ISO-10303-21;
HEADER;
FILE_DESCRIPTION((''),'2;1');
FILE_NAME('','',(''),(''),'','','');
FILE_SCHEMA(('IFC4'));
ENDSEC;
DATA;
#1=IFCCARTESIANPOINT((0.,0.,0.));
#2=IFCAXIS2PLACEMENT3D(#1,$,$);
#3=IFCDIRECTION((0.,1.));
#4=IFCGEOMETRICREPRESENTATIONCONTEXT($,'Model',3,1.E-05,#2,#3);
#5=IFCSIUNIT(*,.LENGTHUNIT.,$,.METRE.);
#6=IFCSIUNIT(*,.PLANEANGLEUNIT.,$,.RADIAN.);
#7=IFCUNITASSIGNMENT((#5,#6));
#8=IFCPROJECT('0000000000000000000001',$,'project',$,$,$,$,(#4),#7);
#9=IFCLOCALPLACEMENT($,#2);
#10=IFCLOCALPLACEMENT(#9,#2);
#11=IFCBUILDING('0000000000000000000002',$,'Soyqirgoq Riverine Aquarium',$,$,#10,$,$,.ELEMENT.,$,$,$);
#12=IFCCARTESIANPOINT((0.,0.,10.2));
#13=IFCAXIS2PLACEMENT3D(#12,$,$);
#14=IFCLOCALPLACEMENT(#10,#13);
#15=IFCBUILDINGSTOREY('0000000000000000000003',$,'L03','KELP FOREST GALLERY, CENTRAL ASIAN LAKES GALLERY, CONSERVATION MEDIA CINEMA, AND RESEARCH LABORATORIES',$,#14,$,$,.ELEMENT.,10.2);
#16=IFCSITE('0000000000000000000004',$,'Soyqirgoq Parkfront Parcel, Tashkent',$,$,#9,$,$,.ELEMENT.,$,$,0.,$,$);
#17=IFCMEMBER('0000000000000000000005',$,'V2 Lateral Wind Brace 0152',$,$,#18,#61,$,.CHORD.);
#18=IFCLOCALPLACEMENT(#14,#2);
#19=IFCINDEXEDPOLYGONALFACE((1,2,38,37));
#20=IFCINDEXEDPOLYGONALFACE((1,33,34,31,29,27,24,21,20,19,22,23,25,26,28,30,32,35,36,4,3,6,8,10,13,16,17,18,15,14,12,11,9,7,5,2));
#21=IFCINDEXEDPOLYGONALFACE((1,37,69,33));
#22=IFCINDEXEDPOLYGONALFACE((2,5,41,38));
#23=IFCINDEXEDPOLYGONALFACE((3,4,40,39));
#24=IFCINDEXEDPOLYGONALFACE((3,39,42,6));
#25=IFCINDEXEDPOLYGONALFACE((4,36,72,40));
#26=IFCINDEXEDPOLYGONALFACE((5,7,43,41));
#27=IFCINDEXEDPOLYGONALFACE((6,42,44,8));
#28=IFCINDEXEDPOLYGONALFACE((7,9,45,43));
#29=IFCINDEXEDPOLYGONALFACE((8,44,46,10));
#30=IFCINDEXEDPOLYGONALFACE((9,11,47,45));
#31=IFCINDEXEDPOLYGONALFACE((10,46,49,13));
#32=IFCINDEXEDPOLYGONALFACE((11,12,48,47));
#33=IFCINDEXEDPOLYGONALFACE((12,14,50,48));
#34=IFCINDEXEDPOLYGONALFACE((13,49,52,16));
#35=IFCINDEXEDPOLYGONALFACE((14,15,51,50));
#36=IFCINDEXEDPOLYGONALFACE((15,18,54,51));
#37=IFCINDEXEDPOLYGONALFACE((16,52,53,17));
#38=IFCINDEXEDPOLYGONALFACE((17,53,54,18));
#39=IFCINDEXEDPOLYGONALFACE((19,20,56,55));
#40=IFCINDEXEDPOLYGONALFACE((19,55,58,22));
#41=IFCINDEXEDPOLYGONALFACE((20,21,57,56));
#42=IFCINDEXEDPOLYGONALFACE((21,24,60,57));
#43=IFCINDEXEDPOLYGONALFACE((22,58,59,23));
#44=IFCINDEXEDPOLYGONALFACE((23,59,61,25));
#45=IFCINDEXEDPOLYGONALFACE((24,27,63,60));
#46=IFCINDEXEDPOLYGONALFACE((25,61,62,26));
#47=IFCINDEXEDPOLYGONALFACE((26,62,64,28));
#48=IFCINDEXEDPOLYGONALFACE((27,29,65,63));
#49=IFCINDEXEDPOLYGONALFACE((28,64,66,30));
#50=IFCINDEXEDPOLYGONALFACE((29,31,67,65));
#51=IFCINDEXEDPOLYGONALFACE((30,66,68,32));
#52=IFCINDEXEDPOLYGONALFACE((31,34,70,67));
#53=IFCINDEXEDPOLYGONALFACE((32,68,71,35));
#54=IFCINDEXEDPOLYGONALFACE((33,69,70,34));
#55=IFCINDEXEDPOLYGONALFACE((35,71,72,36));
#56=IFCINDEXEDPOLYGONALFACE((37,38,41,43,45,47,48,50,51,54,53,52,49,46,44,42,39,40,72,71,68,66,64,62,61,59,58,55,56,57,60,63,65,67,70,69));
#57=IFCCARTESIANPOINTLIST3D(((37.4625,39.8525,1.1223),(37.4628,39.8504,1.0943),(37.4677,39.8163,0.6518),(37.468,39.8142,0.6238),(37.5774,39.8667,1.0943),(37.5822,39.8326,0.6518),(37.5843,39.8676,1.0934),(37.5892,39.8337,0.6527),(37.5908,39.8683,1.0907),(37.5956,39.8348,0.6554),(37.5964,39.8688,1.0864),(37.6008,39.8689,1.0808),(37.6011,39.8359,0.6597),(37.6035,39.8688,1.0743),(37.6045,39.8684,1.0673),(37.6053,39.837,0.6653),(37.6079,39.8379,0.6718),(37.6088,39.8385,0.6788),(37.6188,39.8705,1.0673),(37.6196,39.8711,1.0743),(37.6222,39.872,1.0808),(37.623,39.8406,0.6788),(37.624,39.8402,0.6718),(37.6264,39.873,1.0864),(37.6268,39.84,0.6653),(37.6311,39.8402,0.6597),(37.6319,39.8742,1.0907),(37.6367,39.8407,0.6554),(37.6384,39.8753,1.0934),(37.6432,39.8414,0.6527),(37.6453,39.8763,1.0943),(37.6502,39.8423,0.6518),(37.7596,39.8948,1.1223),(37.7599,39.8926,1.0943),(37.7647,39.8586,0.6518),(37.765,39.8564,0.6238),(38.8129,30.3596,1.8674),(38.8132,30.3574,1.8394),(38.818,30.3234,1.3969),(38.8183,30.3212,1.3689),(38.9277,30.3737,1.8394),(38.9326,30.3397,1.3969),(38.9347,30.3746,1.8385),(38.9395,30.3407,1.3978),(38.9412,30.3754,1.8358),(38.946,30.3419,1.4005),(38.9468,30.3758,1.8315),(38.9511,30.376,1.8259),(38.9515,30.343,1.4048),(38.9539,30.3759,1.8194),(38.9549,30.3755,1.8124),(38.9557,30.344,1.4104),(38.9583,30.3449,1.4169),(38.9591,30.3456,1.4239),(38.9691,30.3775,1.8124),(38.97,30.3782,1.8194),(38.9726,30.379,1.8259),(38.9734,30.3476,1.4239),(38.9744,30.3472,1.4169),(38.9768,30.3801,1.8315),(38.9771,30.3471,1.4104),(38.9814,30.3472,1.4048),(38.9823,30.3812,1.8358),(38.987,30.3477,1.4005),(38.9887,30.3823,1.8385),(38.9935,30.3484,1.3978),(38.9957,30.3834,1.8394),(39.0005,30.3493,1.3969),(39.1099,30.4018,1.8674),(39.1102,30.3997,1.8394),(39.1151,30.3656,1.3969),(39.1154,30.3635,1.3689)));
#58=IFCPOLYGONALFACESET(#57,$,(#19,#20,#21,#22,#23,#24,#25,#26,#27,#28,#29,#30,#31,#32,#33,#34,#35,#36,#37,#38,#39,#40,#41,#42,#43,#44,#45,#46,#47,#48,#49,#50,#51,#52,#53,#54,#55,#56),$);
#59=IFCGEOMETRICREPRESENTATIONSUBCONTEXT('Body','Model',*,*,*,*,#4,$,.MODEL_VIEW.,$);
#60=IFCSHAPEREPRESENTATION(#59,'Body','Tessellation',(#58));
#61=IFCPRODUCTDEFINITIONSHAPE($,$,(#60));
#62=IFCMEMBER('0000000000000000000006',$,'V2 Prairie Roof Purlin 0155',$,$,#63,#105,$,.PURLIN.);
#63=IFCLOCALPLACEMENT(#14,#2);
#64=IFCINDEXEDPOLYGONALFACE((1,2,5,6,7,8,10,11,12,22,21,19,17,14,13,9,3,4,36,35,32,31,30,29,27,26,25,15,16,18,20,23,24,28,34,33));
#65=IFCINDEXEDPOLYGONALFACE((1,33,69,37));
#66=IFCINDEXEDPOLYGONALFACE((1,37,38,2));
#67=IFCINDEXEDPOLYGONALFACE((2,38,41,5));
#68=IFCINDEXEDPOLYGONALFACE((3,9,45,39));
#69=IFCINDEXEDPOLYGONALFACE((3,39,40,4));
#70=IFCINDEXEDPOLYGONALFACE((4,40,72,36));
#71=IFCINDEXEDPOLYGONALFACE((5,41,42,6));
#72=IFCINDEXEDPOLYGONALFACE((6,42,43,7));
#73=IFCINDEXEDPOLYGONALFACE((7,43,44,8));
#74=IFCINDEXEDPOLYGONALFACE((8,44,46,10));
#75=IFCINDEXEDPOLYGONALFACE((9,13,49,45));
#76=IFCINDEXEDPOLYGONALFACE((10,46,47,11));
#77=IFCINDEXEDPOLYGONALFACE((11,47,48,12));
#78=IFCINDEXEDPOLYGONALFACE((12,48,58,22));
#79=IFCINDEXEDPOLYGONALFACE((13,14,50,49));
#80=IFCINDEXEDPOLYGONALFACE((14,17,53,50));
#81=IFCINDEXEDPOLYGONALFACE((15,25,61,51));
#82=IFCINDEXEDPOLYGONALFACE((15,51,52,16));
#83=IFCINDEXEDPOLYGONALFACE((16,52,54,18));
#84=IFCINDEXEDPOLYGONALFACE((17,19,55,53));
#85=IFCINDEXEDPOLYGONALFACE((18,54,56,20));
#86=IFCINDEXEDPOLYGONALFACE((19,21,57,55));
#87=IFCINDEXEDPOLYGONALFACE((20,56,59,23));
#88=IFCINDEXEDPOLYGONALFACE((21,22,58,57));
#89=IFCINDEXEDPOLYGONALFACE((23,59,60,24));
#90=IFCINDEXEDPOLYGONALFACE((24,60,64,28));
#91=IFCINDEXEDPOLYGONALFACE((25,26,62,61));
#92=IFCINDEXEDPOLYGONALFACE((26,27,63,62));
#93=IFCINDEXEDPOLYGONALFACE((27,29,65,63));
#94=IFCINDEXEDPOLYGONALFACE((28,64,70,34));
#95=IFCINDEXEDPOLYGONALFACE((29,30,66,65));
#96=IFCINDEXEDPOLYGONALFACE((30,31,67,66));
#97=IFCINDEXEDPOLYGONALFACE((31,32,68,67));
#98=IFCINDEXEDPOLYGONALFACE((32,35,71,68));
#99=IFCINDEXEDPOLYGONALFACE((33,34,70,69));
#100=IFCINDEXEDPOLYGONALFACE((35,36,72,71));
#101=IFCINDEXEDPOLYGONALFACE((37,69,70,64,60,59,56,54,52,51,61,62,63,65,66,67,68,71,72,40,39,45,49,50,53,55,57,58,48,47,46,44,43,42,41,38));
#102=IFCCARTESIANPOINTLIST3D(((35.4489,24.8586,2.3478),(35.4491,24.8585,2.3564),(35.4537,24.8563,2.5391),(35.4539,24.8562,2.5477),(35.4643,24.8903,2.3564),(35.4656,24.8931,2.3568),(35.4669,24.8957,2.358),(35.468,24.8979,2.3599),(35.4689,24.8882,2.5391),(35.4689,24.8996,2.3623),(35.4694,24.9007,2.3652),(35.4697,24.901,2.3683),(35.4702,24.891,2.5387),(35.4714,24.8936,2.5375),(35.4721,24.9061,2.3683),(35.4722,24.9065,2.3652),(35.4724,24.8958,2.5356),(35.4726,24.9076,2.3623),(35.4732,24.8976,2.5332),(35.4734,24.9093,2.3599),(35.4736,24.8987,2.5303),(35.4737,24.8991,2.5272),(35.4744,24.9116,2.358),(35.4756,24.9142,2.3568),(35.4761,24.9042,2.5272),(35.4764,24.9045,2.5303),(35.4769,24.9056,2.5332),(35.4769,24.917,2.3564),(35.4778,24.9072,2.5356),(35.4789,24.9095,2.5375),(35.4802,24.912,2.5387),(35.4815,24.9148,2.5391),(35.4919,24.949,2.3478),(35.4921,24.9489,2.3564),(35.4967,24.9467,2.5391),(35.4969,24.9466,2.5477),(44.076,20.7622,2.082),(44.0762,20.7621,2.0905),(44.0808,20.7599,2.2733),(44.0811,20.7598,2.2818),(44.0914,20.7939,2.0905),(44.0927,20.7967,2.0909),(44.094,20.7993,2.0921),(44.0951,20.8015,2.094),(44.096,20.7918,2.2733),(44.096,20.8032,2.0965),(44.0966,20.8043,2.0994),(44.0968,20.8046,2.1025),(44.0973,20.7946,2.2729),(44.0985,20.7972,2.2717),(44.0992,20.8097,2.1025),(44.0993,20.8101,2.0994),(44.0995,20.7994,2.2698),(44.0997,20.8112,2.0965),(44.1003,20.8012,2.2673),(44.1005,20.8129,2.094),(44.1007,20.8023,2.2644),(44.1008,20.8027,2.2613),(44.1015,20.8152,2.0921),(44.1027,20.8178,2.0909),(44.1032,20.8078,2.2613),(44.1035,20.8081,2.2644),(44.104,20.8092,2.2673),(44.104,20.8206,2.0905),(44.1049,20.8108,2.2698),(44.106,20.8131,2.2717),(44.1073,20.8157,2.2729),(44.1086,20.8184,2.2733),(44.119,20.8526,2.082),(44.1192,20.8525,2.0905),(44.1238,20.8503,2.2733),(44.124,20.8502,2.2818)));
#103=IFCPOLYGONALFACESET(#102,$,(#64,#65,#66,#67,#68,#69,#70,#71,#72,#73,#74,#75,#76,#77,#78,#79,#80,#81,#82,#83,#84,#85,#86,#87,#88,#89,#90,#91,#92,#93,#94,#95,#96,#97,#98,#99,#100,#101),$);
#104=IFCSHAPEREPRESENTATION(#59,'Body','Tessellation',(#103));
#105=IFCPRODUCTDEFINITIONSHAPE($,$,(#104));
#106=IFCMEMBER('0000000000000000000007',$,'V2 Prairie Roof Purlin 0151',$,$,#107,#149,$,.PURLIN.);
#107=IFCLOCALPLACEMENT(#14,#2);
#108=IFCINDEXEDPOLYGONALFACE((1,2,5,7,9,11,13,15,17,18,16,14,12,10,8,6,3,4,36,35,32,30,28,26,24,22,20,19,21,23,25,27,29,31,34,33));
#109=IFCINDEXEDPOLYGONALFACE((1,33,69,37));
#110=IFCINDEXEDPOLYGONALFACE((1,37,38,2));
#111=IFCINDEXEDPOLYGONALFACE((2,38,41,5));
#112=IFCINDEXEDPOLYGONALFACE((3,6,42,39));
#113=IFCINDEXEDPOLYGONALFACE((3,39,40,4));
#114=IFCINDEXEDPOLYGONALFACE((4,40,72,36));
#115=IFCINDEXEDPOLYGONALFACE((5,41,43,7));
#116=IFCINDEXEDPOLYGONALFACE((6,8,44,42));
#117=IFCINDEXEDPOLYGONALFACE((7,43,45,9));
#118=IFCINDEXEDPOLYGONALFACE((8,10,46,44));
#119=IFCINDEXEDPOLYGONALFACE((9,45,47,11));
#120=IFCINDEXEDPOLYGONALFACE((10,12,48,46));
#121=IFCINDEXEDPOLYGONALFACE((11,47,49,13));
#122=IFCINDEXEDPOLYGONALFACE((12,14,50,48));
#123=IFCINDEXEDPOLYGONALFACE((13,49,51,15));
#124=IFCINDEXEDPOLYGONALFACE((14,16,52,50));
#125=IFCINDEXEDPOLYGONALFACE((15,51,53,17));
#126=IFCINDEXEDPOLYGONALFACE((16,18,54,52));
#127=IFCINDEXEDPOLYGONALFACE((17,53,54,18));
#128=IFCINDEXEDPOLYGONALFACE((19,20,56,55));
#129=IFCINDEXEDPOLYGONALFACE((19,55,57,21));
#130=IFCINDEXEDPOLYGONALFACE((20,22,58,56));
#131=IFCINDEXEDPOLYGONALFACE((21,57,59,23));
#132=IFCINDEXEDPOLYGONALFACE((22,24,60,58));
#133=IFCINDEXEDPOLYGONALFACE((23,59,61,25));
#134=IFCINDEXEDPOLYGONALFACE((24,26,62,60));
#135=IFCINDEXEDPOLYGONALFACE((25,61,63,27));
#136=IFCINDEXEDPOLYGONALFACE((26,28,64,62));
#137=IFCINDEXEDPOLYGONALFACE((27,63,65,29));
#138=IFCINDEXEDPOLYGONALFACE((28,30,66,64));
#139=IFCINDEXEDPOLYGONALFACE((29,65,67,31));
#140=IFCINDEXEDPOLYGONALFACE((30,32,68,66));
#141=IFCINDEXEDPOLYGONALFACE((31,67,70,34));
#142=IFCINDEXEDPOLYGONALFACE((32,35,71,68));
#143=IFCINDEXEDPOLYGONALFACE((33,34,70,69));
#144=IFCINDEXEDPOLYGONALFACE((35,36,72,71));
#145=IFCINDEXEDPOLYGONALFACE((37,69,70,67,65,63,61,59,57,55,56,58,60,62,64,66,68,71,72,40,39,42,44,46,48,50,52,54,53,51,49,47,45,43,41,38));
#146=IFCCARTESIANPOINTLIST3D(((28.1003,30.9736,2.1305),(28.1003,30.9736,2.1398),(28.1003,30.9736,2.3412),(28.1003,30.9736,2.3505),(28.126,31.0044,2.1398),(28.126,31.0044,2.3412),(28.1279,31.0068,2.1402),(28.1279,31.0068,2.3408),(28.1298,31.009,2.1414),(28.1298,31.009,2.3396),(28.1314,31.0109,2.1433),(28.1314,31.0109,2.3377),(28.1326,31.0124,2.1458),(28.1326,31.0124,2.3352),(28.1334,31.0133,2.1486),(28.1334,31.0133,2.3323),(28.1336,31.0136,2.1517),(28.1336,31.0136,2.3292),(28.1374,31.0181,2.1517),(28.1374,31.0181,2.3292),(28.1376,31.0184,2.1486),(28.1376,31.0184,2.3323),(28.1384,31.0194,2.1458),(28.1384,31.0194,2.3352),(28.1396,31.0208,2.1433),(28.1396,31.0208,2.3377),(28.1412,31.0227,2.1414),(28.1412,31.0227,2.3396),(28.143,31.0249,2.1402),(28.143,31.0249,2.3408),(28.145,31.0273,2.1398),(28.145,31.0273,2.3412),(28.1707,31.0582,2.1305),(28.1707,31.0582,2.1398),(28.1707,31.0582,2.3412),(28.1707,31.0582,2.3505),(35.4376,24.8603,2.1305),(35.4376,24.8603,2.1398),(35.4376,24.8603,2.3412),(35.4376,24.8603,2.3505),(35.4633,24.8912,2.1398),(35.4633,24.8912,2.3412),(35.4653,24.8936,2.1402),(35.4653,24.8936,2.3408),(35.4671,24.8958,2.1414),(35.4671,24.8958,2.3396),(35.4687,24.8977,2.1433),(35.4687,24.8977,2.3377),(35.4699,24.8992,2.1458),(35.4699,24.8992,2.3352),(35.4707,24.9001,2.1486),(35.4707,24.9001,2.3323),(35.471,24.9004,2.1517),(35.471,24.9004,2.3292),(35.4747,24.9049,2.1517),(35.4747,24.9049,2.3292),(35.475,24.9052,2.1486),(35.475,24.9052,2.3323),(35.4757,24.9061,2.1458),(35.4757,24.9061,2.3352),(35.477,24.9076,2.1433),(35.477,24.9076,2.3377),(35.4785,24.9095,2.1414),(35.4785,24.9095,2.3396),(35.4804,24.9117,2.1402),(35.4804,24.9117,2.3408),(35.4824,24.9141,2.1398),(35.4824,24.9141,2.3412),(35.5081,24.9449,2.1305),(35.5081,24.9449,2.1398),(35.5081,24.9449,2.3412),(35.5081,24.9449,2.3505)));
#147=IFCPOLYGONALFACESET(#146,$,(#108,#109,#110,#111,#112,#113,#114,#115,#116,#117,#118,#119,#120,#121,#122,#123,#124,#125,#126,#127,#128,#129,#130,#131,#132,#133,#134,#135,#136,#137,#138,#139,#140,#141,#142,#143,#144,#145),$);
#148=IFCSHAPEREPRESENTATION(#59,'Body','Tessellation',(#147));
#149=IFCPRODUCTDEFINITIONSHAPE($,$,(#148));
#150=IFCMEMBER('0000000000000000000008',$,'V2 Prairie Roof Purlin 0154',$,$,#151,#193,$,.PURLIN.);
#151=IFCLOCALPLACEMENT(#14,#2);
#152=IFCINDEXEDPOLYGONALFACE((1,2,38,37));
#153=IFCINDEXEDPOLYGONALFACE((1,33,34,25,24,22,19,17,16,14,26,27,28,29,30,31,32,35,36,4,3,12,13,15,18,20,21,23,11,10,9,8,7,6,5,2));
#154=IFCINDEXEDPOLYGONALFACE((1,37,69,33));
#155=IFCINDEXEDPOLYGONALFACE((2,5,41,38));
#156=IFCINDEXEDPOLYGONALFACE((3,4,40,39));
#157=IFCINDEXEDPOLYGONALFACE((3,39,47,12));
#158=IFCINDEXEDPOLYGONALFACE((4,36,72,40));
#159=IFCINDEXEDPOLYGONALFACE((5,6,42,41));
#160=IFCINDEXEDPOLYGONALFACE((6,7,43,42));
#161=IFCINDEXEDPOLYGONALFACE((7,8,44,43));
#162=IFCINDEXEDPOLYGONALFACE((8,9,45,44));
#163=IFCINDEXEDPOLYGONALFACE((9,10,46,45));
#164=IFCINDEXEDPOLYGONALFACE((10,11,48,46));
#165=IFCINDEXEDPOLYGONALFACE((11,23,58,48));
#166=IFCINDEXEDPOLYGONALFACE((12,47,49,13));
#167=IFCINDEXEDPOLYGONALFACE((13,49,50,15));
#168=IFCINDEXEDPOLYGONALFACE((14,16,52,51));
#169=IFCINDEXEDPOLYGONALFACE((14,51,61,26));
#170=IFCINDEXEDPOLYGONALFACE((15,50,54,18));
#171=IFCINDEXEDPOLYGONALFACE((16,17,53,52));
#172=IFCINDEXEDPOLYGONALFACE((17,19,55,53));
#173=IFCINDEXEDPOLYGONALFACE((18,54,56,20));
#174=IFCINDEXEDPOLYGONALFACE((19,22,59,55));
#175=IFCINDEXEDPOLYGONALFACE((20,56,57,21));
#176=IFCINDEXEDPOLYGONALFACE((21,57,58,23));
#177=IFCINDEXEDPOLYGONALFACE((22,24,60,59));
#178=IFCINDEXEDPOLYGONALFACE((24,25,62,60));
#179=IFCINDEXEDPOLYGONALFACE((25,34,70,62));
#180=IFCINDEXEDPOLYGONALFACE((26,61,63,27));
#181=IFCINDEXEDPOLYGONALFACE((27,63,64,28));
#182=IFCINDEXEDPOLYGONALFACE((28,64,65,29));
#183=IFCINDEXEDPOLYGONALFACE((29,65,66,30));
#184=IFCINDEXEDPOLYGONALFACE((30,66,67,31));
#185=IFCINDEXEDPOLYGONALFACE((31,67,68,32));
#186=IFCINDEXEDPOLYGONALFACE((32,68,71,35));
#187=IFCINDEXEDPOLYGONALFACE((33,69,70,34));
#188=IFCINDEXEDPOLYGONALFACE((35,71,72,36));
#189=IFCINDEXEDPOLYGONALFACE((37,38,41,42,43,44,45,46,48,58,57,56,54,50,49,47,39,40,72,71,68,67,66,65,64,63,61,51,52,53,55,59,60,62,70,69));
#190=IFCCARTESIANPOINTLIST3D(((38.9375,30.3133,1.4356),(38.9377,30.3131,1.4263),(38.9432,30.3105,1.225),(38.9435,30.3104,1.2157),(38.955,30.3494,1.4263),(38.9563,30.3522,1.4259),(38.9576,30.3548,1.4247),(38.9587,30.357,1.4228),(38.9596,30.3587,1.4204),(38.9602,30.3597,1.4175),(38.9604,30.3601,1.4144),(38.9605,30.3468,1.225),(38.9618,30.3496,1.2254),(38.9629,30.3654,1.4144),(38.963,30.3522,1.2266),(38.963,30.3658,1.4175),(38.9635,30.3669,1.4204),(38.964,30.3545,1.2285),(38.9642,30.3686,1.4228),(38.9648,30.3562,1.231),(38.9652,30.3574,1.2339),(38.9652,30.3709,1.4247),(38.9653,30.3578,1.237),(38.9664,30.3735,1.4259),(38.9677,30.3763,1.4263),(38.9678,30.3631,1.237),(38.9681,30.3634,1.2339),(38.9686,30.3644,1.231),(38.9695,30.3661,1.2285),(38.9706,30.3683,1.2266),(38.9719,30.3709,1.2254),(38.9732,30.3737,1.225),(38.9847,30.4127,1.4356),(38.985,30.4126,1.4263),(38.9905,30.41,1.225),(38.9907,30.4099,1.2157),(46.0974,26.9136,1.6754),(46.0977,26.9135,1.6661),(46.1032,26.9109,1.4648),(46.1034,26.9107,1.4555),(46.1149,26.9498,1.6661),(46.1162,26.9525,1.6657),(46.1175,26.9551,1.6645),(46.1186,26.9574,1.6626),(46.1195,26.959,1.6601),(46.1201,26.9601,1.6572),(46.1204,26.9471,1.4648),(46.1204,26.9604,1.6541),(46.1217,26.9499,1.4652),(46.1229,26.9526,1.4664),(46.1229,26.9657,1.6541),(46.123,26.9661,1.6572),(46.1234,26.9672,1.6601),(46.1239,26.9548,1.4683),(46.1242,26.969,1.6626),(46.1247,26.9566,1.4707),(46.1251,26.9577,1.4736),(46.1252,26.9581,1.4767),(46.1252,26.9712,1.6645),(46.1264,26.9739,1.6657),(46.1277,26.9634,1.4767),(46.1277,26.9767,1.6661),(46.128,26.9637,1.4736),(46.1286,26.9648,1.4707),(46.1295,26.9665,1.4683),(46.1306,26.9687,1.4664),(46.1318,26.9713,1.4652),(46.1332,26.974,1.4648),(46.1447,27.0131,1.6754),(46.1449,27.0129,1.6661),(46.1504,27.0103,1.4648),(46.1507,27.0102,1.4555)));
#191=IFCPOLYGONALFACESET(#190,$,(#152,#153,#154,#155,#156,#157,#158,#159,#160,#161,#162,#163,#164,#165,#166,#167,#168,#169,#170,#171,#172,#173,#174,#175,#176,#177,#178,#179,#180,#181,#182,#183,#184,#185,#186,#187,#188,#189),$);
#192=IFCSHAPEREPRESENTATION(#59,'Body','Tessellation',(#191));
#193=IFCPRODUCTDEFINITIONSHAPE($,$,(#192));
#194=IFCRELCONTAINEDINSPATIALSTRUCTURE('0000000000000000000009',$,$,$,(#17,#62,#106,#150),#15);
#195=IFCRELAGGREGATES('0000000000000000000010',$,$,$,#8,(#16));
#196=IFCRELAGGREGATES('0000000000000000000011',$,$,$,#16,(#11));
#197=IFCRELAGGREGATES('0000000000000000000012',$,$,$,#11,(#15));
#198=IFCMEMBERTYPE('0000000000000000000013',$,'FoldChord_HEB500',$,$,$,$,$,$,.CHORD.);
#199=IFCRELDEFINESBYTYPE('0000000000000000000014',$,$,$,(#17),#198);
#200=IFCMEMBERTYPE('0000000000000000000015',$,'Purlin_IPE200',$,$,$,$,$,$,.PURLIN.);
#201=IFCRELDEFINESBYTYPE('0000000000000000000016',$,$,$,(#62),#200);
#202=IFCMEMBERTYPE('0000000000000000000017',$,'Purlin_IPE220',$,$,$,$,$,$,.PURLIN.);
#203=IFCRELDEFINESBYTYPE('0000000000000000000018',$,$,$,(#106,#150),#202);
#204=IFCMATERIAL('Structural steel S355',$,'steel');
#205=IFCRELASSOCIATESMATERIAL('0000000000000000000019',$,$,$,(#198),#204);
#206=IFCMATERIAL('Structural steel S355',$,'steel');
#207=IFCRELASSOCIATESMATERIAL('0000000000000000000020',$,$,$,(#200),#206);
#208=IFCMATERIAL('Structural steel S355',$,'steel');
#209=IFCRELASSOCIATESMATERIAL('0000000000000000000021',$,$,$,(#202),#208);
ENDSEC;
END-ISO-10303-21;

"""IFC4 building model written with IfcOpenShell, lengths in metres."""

from ifc_helpers import new_model, si_unit, direction, frame, origin, origin_2d, place, context, subcontext, project, spatial, i_section, extrude, material, material_profile, profile_set, type_object, element, save


model = new_model("IFC4")

# Units and contexts
model_context = context("Model", 3, precision=1e-05, world=origin(), true_north=direction((0.0, 1.0)))
body_context = subcontext(model_context, "Body", "Model", "MODEL_VIEW")
ifc_project = project(units=[si_unit("LENGTHUNIT", "METRE"), si_unit("PLANEANGLEUNIT", "RADIAN")], contexts=[model_context])

# Site, building, storey
site_placement = place(None, origin())
site = spatial("IfcSite", under=ifc_project, at=site_placement, Name="Soyqirgoq Parkfront Parcel, Tashkent", CompositionType="ELEMENT", RefElevation=0.0)
building_placement = place(site_placement, origin())
building = spatial("IfcBuilding", under=site, at=building_placement, Name="Soyqirgoq Riverine Aquarium", CompositionType="ELEMENT")
storey_placement = place(building_placement, frame((0.0, 0.0, 10.2)))
storey = spatial("IfcBuildingStorey", under=building, at=storey_placement, Name="L03", Description="KELP FOREST GALLERY, CENTRAL ASIAN LAKES GALLERY, CONSERVATION MEDIA CINEMA, AND RESEARCH LABORATORIES", CompositionType="ELEMENT", Elevation=10.2)

# Members
ifc_material_1 = material(Name="Structural steel S355", Category="steel")
ifc_material_profile_1 = material_profile(ifc_material_1, i_section(OverallWidth=0.3, OverallDepth=0.5, WebThickness=0.0144, FlangeThickness=0.0281, FilletRadius=0.0271, at=origin_2d()), Name="HEB 500")
ifc_profile_set_1 = profile_set([ifc_material_profile_1], Name="Structural steel S355")
member_type_1 = type_object("IfcMemberType", Name="FoldChord_HEB500", PredefinedType="CHORD", material=ifc_profile_set_1)
member_1_placement = place(storey_placement, frame((37.6138, 39.8545, 0.873), z_axis=(0.140406, -0.987058, 0.077476), x_axis=(0.990034, 0.14083, 0.0)))
element("IfcMember", 1, at=member_1_placement, inside=storey, type_object=member_type_1, Name="V2 Lateral Wind Brace 0152", PredefinedType="CHORD", context=body_context, shape_type="SweptSolid", body=[
    extrude(i_section(OverallWidth=0.3, OverallDepth=0.5, WebThickness=0.0144, FlangeThickness=0.0281, FilletRadius=0.0271, at=origin_2d()), origin(), (0.0, 0.0, 1.0), 9.6174),
])
ifc_material_2 = material(Name="Structural steel S355", Category="steel")
ifc_material_profile_2 = material_profile(ifc_material_2, i_section(OverallWidth=0.1001, OverallDepth=0.2, WebThickness=0.0056, FlangeThickness=0.0085, FilletRadius=0.012, at=origin_2d()), Name="IPE 200")
ifc_profile_set_2 = profile_set([ifc_material_profile_2], Name="Structural steel S355")
member_type_2 = type_object("IfcMemberType", Name="Purlin_IPE200", PredefinedType="PURLIN", material=ifc_profile_set_2)
member_2_placement = place(storey_placement, frame((35.4729, 24.9026, 2.4478), z_axis=(0.902988, -0.428764, -0.027828), x_axis=(0.42893, 0.903338, 0.0)))
element("IfcMember", 2, at=member_2_placement, inside=storey, type_object=member_type_2, Name="V2 Prairie Roof Purlin 0155", PredefinedType="PURLIN", context=body_context, shape_type="SweptSolid", body=[
    extrude(i_section(OverallWidth=0.1001, OverallDepth=0.2, WebThickness=0.0056, FlangeThickness=0.0085, FilletRadius=0.012, at=origin_2d()), origin(), (0.0, 0.0, 1.0), 9.554),
])
ifc_material_3 = material(Name="Structural steel S355", Category="steel")
ifc_material_profile_3 = material_profile(ifc_material_3, i_section(OverallWidth=0.1101, OverallDepth=0.22, WebThickness=0.0059, FlangeThickness=0.0093, FilletRadius=0.012, at=origin_2d()), Name="IPE 220")
ifc_profile_set_3 = profile_set([ifc_material_profile_3], Name="Structural steel S355")
member_type_3 = type_object("IfcMemberType", Name="Purlin_IPE220", PredefinedType="PURLIN", material=ifc_profile_set_3)
member_3_placement = place(storey_placement, frame((28.1355, 31.0159, 2.2405), z_axis=(0.768284, -0.640109, 0.0), x_axis=(0.640109, 0.768284, 0.0)))
element("IfcMember", 3, at=member_3_placement, inside=storey, type_object=member_type_3, Name="V2 Prairie Roof Purlin 0151", PredefinedType="PURLIN", context=body_context, shape_type="SweptSolid", body=[
    extrude(i_section(OverallWidth=0.1101, OverallDepth=0.22, WebThickness=0.0059, FlangeThickness=0.0093, FilletRadius=0.012, at=origin_2d()), origin(), (0.0, 0.0, 1.0), 9.5503),
])
member_4_placement = place(storey_placement, frame((38.9641, 30.3616, 1.3257), z_axis=(0.902928, -0.428727, 0.030234), x_axis=(0.428923, 0.903341, 0.0)))
element("IfcMember", 4, at=member_4_placement, inside=storey, type_object=member_type_3, Name="V2 Prairie Roof Purlin 0154", PredefinedType="PURLIN", context=body_context, shape_type="SweptSolid", body=[
    extrude(i_section(OverallWidth=0.1101, OverallDepth=0.22, WebThickness=0.0059, FlangeThickness=0.0093, FilletRadius=0.012, at=origin_2d()), origin(), (0.0, 0.0, 1.0), 7.9297),
])

save(model, "model.ifc")
